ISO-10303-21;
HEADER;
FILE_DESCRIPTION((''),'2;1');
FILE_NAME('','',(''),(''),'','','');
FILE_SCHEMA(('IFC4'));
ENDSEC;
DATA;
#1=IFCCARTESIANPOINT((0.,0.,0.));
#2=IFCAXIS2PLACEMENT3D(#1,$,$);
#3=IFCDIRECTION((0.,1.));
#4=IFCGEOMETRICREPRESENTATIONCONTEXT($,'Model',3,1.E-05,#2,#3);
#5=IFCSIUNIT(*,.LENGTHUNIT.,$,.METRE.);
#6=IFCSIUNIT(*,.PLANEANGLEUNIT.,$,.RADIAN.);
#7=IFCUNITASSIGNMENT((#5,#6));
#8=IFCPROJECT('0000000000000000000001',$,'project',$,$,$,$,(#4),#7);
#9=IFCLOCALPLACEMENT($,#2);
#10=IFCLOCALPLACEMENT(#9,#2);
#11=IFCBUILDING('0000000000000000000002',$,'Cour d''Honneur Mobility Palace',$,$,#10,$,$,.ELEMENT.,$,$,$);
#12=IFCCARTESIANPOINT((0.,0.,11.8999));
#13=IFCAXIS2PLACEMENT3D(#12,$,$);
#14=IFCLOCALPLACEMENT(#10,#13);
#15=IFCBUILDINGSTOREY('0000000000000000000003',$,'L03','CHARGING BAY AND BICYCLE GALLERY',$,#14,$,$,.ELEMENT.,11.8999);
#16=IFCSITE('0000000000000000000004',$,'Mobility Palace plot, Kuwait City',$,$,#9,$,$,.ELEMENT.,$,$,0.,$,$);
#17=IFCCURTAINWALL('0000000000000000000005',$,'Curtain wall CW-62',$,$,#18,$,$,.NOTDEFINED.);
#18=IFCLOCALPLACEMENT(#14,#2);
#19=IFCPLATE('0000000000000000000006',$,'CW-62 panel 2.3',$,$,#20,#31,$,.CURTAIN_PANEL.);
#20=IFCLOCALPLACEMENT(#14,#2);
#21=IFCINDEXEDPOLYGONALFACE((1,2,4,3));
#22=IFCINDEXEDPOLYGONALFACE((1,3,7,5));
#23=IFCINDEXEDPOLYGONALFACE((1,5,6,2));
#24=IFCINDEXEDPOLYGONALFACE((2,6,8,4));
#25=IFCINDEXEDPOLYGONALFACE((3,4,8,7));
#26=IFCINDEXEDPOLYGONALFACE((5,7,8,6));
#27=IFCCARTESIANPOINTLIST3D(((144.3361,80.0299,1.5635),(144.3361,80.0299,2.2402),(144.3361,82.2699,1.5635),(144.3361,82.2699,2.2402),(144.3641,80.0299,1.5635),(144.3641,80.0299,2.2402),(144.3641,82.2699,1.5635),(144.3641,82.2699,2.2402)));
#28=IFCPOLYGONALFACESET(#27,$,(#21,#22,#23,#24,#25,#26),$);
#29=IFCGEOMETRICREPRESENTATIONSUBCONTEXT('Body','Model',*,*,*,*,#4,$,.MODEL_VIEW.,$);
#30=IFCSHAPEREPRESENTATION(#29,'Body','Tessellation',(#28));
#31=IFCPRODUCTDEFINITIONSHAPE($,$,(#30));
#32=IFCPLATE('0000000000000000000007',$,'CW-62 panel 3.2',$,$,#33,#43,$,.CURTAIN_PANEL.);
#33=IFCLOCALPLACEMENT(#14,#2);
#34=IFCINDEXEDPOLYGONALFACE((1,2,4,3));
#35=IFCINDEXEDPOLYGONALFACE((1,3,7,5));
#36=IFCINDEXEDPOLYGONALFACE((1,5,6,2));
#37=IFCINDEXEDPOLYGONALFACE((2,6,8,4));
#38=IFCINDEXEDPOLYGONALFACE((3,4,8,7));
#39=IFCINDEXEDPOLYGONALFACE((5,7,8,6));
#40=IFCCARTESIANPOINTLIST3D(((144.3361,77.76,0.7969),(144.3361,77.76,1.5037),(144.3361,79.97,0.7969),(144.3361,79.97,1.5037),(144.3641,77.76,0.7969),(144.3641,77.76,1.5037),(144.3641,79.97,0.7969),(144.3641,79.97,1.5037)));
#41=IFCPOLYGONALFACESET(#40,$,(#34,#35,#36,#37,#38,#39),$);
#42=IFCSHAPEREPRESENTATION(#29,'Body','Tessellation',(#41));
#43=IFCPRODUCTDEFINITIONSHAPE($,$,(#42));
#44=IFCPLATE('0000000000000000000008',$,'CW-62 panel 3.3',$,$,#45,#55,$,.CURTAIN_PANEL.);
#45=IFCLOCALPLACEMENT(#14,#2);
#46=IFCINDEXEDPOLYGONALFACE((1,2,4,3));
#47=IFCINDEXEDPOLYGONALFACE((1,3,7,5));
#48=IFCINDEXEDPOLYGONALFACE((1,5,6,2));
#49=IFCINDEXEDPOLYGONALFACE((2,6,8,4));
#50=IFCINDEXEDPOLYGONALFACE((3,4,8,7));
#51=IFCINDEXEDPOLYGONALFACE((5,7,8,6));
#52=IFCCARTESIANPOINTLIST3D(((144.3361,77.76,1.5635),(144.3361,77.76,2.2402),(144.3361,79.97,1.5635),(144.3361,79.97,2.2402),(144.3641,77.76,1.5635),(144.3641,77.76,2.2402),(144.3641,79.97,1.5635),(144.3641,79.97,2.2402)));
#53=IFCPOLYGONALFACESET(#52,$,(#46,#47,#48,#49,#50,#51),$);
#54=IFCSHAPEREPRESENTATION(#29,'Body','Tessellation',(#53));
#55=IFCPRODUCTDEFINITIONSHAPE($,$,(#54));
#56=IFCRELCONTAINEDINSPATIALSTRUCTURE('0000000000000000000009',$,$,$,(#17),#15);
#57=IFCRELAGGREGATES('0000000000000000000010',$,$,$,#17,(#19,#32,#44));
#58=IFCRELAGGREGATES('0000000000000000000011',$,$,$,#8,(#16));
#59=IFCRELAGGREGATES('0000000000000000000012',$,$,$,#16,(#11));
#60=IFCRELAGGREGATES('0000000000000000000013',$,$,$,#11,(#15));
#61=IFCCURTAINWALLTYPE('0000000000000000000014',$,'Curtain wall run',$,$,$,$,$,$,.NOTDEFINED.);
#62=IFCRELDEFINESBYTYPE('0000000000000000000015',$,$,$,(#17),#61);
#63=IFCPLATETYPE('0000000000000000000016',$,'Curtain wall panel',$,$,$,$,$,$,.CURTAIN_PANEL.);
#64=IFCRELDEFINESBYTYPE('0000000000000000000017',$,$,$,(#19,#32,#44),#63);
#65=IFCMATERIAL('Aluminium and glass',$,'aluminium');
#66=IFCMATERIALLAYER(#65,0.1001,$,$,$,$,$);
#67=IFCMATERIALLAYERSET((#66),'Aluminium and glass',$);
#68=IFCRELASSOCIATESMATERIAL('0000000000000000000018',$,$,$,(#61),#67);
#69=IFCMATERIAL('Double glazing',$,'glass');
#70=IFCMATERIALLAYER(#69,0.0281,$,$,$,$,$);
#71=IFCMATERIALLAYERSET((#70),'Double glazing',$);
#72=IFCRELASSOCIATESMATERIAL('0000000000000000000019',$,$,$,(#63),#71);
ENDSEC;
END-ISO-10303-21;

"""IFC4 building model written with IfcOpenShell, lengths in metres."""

from ifc_helpers import new_model, si_unit, direction, frame, origin, origin_2d, place, context, subcontext, project, spatial, rectangle, extrude, material, layer, layer_set, type_object, element, aggregate, save


model = new_model("IFC4")

# Units and contexts
model_context = context("Model", 3, precision=1e-05, world=origin(), true_north=direction((0.0, 1.0)))
body_context = subcontext(model_context, "Body", "Model", "MODEL_VIEW")
ifc_project = project(units=[si_unit("LENGTHUNIT", "METRE"), si_unit("PLANEANGLEUNIT", "RADIAN")], contexts=[model_context])

# Site, building, storey
site_placement = place(None, origin())
site = spatial("IfcSite", under=ifc_project, at=site_placement, Name="Mobility Palace plot, Kuwait City", CompositionType="ELEMENT", RefElevation=0.0)
building_placement = place(site_placement, origin())
building = spatial("IfcBuilding", under=site, at=building_placement, Name="Cour d'Honneur Mobility Palace", CompositionType="ELEMENT")
storey_placement = place(building_placement, frame((0.0, 0.0, 11.8999)))
storey = spatial("IfcBuildingStorey", under=building, at=storey_placement, Name="L03", Description="CHARGING BAY AND BICYCLE GALLERY", CompositionType="ELEMENT", Elevation=11.8999)

# Curtain wall
ifc_material_1 = material(Name="Aluminium and glass", Category="aluminium")
ifc_layer_1 = layer(ifc_material_1, 0.1001)
ifc_layer_set_1 = layer_set([ifc_layer_1], Name="Aluminium and glass")
curtain_wall_type = type_object("IfcCurtainWallType", Name="Curtain wall run", PredefinedType="NOTDEFINED", material=ifc_layer_set_1)
curtain_wall_1_placement = place(storey_placement, origin())
curtain_wall_1 = element("IfcCurtainWall", 1, at=curtain_wall_1_placement, inside=storey, type_object=curtain_wall_type, Name="Curtain wall CW-62", PredefinedType="NOTDEFINED")

# Plates
ifc_material_2 = material(Name="Double glazing", Category="glass")
ifc_layer_2 = layer(ifc_material_2, 0.0281)
ifc_layer_set_2 = layer_set([ifc_layer_2], Name="Double glazing")
plate_type = type_object("IfcPlateType", Name="Curtain wall panel", PredefinedType="CURTAIN_PANEL", material=ifc_layer_set_2)
plate_1_placement = place(storey_placement, frame((144.3501, 81.1499, 1.5635), z_axis=(0.0, 0.0, 1.0), x_axis=(0.0, -1.0, 0.0)))
plate_1 = element("IfcPlate", 2, at=plate_1_placement, type_object=plate_type, Name="CW-62 panel 2.3", PredefinedType="CURTAIN_PANEL", context=body_context, shape_type="SweptSolid", body=[
    extrude(rectangle(XDim=2.24, YDim=0.0281, at=origin_2d()), origin(), (0.0, 0.0, 1.0), 0.6768),
])
plate_2_placement = place(storey_placement, frame((144.3501, 78.865, 0.7969), z_axis=(0.0, 0.0, 1.0), x_axis=(0.0, -1.0, 0.0)))
plate_2 = element("IfcPlate", 3, at=plate_2_placement, type_object=plate_type, Name="CW-62 panel 3.2", PredefinedType="CURTAIN_PANEL", context=body_context, shape_type="SweptSolid", body=[
    extrude(rectangle(XDim=2.21, YDim=0.0281, at=origin_2d()), origin(), (0.0, 0.0, 1.0), 0.7068),
])
plate_3_placement = place(storey_placement, frame((144.3501, 78.865, 1.5635), z_axis=(0.0, 0.0, 1.0), x_axis=(0.0, -1.0, 0.0)))
plate_3 = element("IfcPlate", 4, at=plate_3_placement, type_object=plate_type, Name="CW-62 panel 3.3", PredefinedType="CURTAIN_PANEL", context=body_context, shape_type="SweptSolid", body=[
    extrude(rectangle(XDim=2.21, YDim=0.0281, at=origin_2d()), origin(), (0.0, 0.0, 1.0), 0.6768),
])
aggregate(curtain_wall_1, [plate_1, plate_2, plate_3])

save(model, "model.ifc")
